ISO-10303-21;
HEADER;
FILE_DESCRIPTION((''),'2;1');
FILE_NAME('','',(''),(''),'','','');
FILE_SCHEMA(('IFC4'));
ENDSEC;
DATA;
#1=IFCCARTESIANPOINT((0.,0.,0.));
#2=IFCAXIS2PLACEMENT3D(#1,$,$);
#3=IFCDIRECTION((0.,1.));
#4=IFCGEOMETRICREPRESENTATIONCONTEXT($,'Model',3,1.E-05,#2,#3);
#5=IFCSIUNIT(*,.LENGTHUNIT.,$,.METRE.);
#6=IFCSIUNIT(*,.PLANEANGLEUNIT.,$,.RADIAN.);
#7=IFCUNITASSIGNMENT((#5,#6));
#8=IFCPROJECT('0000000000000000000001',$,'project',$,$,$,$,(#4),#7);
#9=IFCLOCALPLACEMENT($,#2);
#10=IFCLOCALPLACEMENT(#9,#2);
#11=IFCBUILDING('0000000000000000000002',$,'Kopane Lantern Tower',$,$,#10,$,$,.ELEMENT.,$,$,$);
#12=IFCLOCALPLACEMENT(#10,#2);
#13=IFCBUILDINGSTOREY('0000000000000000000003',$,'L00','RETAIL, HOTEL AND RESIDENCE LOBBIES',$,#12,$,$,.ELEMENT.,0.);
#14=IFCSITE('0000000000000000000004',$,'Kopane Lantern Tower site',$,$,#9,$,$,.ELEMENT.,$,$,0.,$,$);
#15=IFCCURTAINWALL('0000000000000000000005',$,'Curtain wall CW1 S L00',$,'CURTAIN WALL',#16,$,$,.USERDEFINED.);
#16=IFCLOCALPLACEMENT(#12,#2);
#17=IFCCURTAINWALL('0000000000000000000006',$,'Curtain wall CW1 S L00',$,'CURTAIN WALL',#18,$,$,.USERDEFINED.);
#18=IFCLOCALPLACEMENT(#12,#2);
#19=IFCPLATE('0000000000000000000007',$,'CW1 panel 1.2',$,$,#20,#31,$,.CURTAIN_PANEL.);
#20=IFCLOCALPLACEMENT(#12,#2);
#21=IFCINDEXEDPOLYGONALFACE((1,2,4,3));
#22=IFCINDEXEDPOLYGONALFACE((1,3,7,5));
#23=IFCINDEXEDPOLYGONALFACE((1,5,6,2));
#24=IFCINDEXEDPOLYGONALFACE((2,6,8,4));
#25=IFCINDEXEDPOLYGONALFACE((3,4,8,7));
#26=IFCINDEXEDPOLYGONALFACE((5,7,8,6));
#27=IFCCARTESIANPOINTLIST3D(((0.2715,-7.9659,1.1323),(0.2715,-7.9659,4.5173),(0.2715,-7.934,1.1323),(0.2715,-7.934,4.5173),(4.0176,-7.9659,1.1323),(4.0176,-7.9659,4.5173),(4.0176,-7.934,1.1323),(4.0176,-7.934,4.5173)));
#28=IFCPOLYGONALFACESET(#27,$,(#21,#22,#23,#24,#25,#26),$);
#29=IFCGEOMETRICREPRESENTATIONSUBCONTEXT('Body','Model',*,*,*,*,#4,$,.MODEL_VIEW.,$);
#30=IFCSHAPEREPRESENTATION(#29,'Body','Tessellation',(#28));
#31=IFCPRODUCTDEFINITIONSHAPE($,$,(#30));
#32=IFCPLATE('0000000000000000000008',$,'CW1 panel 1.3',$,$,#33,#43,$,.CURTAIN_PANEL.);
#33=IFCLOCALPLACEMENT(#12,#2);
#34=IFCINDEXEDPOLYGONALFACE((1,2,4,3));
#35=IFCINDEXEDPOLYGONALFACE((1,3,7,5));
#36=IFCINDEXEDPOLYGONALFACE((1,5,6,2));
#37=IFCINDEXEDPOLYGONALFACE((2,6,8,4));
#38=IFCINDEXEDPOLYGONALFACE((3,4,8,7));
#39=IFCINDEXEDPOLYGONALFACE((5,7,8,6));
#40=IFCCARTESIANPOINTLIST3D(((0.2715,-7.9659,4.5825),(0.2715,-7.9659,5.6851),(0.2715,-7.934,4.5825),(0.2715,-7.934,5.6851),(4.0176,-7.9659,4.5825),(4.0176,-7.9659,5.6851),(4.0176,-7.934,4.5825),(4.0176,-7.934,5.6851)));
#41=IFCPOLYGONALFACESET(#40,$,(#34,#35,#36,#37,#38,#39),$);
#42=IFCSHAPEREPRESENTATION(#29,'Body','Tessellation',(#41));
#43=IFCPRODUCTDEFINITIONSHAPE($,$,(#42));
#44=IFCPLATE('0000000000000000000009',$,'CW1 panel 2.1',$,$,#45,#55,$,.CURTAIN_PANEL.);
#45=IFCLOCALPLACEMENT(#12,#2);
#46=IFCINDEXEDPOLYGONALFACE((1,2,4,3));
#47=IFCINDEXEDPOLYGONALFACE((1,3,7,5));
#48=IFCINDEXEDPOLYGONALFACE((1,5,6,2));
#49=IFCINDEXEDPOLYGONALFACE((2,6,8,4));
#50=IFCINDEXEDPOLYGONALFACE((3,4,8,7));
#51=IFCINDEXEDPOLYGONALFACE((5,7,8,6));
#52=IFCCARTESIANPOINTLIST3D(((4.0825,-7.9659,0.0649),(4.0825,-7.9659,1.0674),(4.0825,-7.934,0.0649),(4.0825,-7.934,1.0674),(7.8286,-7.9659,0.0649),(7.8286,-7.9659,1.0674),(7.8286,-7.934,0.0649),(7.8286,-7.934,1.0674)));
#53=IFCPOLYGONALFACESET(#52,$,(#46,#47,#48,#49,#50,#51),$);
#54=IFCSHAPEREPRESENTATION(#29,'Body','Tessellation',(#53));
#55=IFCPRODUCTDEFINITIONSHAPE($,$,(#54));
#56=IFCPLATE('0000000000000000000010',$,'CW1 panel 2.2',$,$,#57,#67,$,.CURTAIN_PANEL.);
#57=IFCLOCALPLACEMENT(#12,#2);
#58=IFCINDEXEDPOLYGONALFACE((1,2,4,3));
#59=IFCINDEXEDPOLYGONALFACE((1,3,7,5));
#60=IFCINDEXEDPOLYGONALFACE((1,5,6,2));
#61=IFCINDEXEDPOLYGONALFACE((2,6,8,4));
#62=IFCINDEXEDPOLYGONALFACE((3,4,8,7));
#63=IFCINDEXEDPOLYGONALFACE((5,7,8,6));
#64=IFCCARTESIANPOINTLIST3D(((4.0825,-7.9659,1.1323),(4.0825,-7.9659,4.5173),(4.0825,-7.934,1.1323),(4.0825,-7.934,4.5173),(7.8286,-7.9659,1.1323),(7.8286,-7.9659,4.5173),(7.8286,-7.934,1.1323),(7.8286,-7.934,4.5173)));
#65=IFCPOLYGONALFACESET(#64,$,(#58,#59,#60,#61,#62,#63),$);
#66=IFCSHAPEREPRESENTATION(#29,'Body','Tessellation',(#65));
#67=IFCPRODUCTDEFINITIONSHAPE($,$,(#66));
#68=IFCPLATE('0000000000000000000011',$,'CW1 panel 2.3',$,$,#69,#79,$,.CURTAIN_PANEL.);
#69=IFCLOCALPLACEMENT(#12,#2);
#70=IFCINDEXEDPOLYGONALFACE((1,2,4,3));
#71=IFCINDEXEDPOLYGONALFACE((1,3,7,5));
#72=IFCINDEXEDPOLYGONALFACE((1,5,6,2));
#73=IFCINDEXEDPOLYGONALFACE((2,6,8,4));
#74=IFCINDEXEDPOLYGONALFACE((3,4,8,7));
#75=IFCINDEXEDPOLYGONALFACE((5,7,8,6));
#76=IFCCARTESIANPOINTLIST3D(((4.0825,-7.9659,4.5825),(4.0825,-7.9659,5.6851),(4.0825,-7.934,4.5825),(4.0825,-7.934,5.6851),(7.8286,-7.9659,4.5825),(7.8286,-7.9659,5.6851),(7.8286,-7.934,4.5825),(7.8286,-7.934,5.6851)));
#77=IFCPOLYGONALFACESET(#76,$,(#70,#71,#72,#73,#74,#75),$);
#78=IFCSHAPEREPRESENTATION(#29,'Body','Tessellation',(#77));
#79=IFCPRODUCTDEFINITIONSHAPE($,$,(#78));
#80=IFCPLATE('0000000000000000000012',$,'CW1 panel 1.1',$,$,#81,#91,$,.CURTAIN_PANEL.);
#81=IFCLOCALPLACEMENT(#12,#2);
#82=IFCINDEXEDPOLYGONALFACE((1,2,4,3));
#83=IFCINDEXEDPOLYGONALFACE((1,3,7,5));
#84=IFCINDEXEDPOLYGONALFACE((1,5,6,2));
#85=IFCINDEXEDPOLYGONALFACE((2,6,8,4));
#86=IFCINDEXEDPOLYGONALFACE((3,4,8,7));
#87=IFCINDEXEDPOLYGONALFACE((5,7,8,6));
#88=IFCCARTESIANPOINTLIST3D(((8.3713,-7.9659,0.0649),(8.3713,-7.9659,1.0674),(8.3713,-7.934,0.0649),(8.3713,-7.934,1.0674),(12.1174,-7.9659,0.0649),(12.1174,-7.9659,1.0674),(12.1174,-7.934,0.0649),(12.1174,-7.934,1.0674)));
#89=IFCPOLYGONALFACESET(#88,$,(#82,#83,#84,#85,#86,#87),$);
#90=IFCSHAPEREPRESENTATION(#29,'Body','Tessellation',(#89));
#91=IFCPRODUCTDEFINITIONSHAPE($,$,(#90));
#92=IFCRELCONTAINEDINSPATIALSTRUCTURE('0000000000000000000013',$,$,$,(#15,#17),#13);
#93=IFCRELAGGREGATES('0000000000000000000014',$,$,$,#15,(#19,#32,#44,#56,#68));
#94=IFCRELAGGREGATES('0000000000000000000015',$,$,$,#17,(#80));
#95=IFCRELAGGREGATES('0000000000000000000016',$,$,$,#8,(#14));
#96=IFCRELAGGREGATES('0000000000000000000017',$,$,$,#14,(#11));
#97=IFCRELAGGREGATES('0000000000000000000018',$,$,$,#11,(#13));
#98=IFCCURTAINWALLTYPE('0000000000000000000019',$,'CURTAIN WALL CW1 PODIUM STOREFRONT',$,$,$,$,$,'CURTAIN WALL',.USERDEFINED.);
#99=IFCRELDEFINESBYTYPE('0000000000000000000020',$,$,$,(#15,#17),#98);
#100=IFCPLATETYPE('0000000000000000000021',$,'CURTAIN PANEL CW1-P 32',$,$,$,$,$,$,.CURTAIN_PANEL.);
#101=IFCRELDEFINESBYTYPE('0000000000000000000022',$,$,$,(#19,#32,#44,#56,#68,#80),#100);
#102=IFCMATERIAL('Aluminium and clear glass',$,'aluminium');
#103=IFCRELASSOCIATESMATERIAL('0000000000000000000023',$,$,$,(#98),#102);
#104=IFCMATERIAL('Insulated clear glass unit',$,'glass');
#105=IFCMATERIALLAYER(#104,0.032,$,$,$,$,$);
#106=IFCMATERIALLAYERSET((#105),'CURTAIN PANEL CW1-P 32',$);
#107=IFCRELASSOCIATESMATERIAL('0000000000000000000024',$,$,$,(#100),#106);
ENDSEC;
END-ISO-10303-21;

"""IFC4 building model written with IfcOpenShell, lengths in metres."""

from ifc_helpers import new_model, si_unit, direction, frame, origin, origin_2d, place, context, subcontext, project, spatial, rectangle, extrude, material, layer, layer_set, type_object, element, aggregate, save


model = new_model("IFC4")

# Units and contexts
model_context = context("Model", 3, precision=1e-05, world=origin(), true_north=direction((0.0, 1.0)))
body_context = subcontext(model_context, "Body", "Model", "MODEL_VIEW")
ifc_project = project(units=[si_unit("LENGTHUNIT", "METRE"), si_unit("PLANEANGLEUNIT", "RADIAN")], contexts=[model_context])

# Site, building, storey
site_placement = place(None, origin())
site = spatial("IfcSite", under=ifc_project, at=site_placement, Name="Kopane Lantern Tower site", CompositionType="ELEMENT", RefElevation=0.0)
building_placement = place(site_placement, origin())
building = spatial("IfcBuilding", under=site, at=building_placement, Name="Kopane Lantern Tower", CompositionType="ELEMENT")
storey_placement = place(building_placement, origin())
storey = spatial("IfcBuildingStorey", under=building, at=storey_placement, Name="L00", Description="RETAIL, HOTEL AND RESIDENCE LOBBIES", CompositionType="ELEMENT", Elevation=0.0)

# Curtain wall
ifc_material_1 = material(Name="Aluminium and clear glass", Category="aluminium")
curtain_wall_type = type_object("IfcCurtainWallType", Name="CURTAIN WALL CW1 PODIUM STOREFRONT", ElementType="CURTAIN WALL", PredefinedType="USERDEFINED", material=ifc_material_1)
curtain_wall_1_placement = place(storey_placement, origin())
curtain_wall_1 = element("IfcCurtainWall", 1, at=curtain_wall_1_placement, inside=storey, type_object=curtain_wall_type, Name="Curtain wall CW1 S L00", ObjectType="CURTAIN WALL", PredefinedType="USERDEFINED")

# Curtain wall
curtain_wall_2_placement = place(storey_placement, origin())
curtain_wall_2 = element("IfcCurtainWall", 2, at=curtain_wall_2_placement, inside=storey, type_object=curtain_wall_type, Name="Curtain wall CW1 S L00", ObjectType="CURTAIN WALL", PredefinedType="USERDEFINED")

# Plates
ifc_material_2 = material(Name="Insulated clear glass unit", Category="glass")
ifc_layer = layer(ifc_material_2, 0.032)
ifc_layer_set = layer_set([ifc_layer], Name="CURTAIN PANEL CW1-P 32")
plate_type = type_object("IfcPlateType", Name="CURTAIN PANEL CW1-P 32", PredefinedType="CURTAIN_PANEL", material=ifc_layer_set)
plate_1_placement = place(storey_placement, frame((2.1445, -7.95, 1.1323), z_axis=(0.0, 0.0, 1.0), x_axis=(1.0, 0.0, 0.0)))
plate_1 = element("IfcPlate", 3, at=plate_1_placement, type_object=plate_type, Name="CW1 panel 1.2", PredefinedType="CURTAIN_PANEL", context=body_context, shape_type="SweptSolid", body=[
    extrude(rectangle(XDim=3.7461, YDim=0.032, at=origin_2d()), origin(), (0.0, 0.0, 1.0), 3.385),
])
plate_2_placement = place(storey_placement, frame((2.1445, -7.95, 4.5825), z_axis=(0.0, 0.0, 1.0), x_axis=(1.0, 0.0, 0.0)))
plate_2 = element("IfcPlate", 4, at=plate_2_placement, type_object=plate_type, Name="CW1 panel 1.3", PredefinedType="CURTAIN_PANEL", context=body_context, shape_type="SweptSolid", body=[
    extrude(rectangle(XDim=3.7461, YDim=0.032, at=origin_2d()), origin(), (0.0, 0.0, 1.0), 1.1025),
])
plate_3_placement = place(storey_placement, frame((5.9556, -7.95, 0.0649), z_axis=(0.0, 0.0, 1.0), x_axis=(1.0, 0.0, 0.0)))
plate_3 = element("IfcPlate", 5, at=plate_3_placement, type_object=plate_type, Name="CW1 panel 2.1", PredefinedType="CURTAIN_PANEL", context=body_context, shape_type="SweptSolid", body=[
    extrude(rectangle(XDim=3.7461, YDim=0.032, at=origin_2d()), origin(), (0.0, 0.0, 1.0), 1.0024),
])
plate_4_placement = place(storey_placement, frame((5.9556, -7.95, 1.1323), z_axis=(0.0, 0.0, 1.0), x_axis=(1.0, 0.0, 0.0)))
plate_4 = element("IfcPlate", 6, at=plate_4_placement, type_object=plate_type, Name="CW1 panel 2.2", PredefinedType="CURTAIN_PANEL", context=body_context, shape_type="SweptSolid", body=[
    extrude(rectangle(XDim=3.7461, YDim=0.032, at=origin_2d()), origin(), (0.0, 0.0, 1.0), 3.385),
])
plate_5_placement = place(storey_placement, frame((5.9556, -7.95, 4.5825), z_axis=(0.0, 0.0, 1.0), x_axis=(1.0, 0.0, 0.0)))
plate_5 = element("IfcPlate", 7, at=plate_5_placement, type_object=plate_type, Name="CW1 panel 2.3", PredefinedType="CURTAIN_PANEL", context=body_context, shape_type="SweptSolid", body=[
    extrude(rectangle(XDim=3.7461, YDim=0.032, at=origin_2d()), origin(), (0.0, 0.0, 1.0), 1.1025),
])
aggregate(curtain_wall_1, [plate_1, plate_2, plate_3, plate_4, plate_5])
plate_6_placement = place(storey_placement, frame((10.2444, -7.95, 0.0649), z_axis=(0.0, 0.0, 1.0), x_axis=(1.0, 0.0, 0.0)))
plate_6 = element("IfcPlate", 8, at=plate_6_placement, type_object=plate_type, Name="CW1 panel 1.1", PredefinedType="CURTAIN_PANEL", context=body_context, shape_type="SweptSolid", body=[
    extrude(rectangle(XDim=3.7461, YDim=0.032, at=origin_2d()), origin(), (0.0, 0.0, 1.0), 1.0024),
])
aggregate(curtain_wall_2, [plate_6])

save(model, "model.ifc")
